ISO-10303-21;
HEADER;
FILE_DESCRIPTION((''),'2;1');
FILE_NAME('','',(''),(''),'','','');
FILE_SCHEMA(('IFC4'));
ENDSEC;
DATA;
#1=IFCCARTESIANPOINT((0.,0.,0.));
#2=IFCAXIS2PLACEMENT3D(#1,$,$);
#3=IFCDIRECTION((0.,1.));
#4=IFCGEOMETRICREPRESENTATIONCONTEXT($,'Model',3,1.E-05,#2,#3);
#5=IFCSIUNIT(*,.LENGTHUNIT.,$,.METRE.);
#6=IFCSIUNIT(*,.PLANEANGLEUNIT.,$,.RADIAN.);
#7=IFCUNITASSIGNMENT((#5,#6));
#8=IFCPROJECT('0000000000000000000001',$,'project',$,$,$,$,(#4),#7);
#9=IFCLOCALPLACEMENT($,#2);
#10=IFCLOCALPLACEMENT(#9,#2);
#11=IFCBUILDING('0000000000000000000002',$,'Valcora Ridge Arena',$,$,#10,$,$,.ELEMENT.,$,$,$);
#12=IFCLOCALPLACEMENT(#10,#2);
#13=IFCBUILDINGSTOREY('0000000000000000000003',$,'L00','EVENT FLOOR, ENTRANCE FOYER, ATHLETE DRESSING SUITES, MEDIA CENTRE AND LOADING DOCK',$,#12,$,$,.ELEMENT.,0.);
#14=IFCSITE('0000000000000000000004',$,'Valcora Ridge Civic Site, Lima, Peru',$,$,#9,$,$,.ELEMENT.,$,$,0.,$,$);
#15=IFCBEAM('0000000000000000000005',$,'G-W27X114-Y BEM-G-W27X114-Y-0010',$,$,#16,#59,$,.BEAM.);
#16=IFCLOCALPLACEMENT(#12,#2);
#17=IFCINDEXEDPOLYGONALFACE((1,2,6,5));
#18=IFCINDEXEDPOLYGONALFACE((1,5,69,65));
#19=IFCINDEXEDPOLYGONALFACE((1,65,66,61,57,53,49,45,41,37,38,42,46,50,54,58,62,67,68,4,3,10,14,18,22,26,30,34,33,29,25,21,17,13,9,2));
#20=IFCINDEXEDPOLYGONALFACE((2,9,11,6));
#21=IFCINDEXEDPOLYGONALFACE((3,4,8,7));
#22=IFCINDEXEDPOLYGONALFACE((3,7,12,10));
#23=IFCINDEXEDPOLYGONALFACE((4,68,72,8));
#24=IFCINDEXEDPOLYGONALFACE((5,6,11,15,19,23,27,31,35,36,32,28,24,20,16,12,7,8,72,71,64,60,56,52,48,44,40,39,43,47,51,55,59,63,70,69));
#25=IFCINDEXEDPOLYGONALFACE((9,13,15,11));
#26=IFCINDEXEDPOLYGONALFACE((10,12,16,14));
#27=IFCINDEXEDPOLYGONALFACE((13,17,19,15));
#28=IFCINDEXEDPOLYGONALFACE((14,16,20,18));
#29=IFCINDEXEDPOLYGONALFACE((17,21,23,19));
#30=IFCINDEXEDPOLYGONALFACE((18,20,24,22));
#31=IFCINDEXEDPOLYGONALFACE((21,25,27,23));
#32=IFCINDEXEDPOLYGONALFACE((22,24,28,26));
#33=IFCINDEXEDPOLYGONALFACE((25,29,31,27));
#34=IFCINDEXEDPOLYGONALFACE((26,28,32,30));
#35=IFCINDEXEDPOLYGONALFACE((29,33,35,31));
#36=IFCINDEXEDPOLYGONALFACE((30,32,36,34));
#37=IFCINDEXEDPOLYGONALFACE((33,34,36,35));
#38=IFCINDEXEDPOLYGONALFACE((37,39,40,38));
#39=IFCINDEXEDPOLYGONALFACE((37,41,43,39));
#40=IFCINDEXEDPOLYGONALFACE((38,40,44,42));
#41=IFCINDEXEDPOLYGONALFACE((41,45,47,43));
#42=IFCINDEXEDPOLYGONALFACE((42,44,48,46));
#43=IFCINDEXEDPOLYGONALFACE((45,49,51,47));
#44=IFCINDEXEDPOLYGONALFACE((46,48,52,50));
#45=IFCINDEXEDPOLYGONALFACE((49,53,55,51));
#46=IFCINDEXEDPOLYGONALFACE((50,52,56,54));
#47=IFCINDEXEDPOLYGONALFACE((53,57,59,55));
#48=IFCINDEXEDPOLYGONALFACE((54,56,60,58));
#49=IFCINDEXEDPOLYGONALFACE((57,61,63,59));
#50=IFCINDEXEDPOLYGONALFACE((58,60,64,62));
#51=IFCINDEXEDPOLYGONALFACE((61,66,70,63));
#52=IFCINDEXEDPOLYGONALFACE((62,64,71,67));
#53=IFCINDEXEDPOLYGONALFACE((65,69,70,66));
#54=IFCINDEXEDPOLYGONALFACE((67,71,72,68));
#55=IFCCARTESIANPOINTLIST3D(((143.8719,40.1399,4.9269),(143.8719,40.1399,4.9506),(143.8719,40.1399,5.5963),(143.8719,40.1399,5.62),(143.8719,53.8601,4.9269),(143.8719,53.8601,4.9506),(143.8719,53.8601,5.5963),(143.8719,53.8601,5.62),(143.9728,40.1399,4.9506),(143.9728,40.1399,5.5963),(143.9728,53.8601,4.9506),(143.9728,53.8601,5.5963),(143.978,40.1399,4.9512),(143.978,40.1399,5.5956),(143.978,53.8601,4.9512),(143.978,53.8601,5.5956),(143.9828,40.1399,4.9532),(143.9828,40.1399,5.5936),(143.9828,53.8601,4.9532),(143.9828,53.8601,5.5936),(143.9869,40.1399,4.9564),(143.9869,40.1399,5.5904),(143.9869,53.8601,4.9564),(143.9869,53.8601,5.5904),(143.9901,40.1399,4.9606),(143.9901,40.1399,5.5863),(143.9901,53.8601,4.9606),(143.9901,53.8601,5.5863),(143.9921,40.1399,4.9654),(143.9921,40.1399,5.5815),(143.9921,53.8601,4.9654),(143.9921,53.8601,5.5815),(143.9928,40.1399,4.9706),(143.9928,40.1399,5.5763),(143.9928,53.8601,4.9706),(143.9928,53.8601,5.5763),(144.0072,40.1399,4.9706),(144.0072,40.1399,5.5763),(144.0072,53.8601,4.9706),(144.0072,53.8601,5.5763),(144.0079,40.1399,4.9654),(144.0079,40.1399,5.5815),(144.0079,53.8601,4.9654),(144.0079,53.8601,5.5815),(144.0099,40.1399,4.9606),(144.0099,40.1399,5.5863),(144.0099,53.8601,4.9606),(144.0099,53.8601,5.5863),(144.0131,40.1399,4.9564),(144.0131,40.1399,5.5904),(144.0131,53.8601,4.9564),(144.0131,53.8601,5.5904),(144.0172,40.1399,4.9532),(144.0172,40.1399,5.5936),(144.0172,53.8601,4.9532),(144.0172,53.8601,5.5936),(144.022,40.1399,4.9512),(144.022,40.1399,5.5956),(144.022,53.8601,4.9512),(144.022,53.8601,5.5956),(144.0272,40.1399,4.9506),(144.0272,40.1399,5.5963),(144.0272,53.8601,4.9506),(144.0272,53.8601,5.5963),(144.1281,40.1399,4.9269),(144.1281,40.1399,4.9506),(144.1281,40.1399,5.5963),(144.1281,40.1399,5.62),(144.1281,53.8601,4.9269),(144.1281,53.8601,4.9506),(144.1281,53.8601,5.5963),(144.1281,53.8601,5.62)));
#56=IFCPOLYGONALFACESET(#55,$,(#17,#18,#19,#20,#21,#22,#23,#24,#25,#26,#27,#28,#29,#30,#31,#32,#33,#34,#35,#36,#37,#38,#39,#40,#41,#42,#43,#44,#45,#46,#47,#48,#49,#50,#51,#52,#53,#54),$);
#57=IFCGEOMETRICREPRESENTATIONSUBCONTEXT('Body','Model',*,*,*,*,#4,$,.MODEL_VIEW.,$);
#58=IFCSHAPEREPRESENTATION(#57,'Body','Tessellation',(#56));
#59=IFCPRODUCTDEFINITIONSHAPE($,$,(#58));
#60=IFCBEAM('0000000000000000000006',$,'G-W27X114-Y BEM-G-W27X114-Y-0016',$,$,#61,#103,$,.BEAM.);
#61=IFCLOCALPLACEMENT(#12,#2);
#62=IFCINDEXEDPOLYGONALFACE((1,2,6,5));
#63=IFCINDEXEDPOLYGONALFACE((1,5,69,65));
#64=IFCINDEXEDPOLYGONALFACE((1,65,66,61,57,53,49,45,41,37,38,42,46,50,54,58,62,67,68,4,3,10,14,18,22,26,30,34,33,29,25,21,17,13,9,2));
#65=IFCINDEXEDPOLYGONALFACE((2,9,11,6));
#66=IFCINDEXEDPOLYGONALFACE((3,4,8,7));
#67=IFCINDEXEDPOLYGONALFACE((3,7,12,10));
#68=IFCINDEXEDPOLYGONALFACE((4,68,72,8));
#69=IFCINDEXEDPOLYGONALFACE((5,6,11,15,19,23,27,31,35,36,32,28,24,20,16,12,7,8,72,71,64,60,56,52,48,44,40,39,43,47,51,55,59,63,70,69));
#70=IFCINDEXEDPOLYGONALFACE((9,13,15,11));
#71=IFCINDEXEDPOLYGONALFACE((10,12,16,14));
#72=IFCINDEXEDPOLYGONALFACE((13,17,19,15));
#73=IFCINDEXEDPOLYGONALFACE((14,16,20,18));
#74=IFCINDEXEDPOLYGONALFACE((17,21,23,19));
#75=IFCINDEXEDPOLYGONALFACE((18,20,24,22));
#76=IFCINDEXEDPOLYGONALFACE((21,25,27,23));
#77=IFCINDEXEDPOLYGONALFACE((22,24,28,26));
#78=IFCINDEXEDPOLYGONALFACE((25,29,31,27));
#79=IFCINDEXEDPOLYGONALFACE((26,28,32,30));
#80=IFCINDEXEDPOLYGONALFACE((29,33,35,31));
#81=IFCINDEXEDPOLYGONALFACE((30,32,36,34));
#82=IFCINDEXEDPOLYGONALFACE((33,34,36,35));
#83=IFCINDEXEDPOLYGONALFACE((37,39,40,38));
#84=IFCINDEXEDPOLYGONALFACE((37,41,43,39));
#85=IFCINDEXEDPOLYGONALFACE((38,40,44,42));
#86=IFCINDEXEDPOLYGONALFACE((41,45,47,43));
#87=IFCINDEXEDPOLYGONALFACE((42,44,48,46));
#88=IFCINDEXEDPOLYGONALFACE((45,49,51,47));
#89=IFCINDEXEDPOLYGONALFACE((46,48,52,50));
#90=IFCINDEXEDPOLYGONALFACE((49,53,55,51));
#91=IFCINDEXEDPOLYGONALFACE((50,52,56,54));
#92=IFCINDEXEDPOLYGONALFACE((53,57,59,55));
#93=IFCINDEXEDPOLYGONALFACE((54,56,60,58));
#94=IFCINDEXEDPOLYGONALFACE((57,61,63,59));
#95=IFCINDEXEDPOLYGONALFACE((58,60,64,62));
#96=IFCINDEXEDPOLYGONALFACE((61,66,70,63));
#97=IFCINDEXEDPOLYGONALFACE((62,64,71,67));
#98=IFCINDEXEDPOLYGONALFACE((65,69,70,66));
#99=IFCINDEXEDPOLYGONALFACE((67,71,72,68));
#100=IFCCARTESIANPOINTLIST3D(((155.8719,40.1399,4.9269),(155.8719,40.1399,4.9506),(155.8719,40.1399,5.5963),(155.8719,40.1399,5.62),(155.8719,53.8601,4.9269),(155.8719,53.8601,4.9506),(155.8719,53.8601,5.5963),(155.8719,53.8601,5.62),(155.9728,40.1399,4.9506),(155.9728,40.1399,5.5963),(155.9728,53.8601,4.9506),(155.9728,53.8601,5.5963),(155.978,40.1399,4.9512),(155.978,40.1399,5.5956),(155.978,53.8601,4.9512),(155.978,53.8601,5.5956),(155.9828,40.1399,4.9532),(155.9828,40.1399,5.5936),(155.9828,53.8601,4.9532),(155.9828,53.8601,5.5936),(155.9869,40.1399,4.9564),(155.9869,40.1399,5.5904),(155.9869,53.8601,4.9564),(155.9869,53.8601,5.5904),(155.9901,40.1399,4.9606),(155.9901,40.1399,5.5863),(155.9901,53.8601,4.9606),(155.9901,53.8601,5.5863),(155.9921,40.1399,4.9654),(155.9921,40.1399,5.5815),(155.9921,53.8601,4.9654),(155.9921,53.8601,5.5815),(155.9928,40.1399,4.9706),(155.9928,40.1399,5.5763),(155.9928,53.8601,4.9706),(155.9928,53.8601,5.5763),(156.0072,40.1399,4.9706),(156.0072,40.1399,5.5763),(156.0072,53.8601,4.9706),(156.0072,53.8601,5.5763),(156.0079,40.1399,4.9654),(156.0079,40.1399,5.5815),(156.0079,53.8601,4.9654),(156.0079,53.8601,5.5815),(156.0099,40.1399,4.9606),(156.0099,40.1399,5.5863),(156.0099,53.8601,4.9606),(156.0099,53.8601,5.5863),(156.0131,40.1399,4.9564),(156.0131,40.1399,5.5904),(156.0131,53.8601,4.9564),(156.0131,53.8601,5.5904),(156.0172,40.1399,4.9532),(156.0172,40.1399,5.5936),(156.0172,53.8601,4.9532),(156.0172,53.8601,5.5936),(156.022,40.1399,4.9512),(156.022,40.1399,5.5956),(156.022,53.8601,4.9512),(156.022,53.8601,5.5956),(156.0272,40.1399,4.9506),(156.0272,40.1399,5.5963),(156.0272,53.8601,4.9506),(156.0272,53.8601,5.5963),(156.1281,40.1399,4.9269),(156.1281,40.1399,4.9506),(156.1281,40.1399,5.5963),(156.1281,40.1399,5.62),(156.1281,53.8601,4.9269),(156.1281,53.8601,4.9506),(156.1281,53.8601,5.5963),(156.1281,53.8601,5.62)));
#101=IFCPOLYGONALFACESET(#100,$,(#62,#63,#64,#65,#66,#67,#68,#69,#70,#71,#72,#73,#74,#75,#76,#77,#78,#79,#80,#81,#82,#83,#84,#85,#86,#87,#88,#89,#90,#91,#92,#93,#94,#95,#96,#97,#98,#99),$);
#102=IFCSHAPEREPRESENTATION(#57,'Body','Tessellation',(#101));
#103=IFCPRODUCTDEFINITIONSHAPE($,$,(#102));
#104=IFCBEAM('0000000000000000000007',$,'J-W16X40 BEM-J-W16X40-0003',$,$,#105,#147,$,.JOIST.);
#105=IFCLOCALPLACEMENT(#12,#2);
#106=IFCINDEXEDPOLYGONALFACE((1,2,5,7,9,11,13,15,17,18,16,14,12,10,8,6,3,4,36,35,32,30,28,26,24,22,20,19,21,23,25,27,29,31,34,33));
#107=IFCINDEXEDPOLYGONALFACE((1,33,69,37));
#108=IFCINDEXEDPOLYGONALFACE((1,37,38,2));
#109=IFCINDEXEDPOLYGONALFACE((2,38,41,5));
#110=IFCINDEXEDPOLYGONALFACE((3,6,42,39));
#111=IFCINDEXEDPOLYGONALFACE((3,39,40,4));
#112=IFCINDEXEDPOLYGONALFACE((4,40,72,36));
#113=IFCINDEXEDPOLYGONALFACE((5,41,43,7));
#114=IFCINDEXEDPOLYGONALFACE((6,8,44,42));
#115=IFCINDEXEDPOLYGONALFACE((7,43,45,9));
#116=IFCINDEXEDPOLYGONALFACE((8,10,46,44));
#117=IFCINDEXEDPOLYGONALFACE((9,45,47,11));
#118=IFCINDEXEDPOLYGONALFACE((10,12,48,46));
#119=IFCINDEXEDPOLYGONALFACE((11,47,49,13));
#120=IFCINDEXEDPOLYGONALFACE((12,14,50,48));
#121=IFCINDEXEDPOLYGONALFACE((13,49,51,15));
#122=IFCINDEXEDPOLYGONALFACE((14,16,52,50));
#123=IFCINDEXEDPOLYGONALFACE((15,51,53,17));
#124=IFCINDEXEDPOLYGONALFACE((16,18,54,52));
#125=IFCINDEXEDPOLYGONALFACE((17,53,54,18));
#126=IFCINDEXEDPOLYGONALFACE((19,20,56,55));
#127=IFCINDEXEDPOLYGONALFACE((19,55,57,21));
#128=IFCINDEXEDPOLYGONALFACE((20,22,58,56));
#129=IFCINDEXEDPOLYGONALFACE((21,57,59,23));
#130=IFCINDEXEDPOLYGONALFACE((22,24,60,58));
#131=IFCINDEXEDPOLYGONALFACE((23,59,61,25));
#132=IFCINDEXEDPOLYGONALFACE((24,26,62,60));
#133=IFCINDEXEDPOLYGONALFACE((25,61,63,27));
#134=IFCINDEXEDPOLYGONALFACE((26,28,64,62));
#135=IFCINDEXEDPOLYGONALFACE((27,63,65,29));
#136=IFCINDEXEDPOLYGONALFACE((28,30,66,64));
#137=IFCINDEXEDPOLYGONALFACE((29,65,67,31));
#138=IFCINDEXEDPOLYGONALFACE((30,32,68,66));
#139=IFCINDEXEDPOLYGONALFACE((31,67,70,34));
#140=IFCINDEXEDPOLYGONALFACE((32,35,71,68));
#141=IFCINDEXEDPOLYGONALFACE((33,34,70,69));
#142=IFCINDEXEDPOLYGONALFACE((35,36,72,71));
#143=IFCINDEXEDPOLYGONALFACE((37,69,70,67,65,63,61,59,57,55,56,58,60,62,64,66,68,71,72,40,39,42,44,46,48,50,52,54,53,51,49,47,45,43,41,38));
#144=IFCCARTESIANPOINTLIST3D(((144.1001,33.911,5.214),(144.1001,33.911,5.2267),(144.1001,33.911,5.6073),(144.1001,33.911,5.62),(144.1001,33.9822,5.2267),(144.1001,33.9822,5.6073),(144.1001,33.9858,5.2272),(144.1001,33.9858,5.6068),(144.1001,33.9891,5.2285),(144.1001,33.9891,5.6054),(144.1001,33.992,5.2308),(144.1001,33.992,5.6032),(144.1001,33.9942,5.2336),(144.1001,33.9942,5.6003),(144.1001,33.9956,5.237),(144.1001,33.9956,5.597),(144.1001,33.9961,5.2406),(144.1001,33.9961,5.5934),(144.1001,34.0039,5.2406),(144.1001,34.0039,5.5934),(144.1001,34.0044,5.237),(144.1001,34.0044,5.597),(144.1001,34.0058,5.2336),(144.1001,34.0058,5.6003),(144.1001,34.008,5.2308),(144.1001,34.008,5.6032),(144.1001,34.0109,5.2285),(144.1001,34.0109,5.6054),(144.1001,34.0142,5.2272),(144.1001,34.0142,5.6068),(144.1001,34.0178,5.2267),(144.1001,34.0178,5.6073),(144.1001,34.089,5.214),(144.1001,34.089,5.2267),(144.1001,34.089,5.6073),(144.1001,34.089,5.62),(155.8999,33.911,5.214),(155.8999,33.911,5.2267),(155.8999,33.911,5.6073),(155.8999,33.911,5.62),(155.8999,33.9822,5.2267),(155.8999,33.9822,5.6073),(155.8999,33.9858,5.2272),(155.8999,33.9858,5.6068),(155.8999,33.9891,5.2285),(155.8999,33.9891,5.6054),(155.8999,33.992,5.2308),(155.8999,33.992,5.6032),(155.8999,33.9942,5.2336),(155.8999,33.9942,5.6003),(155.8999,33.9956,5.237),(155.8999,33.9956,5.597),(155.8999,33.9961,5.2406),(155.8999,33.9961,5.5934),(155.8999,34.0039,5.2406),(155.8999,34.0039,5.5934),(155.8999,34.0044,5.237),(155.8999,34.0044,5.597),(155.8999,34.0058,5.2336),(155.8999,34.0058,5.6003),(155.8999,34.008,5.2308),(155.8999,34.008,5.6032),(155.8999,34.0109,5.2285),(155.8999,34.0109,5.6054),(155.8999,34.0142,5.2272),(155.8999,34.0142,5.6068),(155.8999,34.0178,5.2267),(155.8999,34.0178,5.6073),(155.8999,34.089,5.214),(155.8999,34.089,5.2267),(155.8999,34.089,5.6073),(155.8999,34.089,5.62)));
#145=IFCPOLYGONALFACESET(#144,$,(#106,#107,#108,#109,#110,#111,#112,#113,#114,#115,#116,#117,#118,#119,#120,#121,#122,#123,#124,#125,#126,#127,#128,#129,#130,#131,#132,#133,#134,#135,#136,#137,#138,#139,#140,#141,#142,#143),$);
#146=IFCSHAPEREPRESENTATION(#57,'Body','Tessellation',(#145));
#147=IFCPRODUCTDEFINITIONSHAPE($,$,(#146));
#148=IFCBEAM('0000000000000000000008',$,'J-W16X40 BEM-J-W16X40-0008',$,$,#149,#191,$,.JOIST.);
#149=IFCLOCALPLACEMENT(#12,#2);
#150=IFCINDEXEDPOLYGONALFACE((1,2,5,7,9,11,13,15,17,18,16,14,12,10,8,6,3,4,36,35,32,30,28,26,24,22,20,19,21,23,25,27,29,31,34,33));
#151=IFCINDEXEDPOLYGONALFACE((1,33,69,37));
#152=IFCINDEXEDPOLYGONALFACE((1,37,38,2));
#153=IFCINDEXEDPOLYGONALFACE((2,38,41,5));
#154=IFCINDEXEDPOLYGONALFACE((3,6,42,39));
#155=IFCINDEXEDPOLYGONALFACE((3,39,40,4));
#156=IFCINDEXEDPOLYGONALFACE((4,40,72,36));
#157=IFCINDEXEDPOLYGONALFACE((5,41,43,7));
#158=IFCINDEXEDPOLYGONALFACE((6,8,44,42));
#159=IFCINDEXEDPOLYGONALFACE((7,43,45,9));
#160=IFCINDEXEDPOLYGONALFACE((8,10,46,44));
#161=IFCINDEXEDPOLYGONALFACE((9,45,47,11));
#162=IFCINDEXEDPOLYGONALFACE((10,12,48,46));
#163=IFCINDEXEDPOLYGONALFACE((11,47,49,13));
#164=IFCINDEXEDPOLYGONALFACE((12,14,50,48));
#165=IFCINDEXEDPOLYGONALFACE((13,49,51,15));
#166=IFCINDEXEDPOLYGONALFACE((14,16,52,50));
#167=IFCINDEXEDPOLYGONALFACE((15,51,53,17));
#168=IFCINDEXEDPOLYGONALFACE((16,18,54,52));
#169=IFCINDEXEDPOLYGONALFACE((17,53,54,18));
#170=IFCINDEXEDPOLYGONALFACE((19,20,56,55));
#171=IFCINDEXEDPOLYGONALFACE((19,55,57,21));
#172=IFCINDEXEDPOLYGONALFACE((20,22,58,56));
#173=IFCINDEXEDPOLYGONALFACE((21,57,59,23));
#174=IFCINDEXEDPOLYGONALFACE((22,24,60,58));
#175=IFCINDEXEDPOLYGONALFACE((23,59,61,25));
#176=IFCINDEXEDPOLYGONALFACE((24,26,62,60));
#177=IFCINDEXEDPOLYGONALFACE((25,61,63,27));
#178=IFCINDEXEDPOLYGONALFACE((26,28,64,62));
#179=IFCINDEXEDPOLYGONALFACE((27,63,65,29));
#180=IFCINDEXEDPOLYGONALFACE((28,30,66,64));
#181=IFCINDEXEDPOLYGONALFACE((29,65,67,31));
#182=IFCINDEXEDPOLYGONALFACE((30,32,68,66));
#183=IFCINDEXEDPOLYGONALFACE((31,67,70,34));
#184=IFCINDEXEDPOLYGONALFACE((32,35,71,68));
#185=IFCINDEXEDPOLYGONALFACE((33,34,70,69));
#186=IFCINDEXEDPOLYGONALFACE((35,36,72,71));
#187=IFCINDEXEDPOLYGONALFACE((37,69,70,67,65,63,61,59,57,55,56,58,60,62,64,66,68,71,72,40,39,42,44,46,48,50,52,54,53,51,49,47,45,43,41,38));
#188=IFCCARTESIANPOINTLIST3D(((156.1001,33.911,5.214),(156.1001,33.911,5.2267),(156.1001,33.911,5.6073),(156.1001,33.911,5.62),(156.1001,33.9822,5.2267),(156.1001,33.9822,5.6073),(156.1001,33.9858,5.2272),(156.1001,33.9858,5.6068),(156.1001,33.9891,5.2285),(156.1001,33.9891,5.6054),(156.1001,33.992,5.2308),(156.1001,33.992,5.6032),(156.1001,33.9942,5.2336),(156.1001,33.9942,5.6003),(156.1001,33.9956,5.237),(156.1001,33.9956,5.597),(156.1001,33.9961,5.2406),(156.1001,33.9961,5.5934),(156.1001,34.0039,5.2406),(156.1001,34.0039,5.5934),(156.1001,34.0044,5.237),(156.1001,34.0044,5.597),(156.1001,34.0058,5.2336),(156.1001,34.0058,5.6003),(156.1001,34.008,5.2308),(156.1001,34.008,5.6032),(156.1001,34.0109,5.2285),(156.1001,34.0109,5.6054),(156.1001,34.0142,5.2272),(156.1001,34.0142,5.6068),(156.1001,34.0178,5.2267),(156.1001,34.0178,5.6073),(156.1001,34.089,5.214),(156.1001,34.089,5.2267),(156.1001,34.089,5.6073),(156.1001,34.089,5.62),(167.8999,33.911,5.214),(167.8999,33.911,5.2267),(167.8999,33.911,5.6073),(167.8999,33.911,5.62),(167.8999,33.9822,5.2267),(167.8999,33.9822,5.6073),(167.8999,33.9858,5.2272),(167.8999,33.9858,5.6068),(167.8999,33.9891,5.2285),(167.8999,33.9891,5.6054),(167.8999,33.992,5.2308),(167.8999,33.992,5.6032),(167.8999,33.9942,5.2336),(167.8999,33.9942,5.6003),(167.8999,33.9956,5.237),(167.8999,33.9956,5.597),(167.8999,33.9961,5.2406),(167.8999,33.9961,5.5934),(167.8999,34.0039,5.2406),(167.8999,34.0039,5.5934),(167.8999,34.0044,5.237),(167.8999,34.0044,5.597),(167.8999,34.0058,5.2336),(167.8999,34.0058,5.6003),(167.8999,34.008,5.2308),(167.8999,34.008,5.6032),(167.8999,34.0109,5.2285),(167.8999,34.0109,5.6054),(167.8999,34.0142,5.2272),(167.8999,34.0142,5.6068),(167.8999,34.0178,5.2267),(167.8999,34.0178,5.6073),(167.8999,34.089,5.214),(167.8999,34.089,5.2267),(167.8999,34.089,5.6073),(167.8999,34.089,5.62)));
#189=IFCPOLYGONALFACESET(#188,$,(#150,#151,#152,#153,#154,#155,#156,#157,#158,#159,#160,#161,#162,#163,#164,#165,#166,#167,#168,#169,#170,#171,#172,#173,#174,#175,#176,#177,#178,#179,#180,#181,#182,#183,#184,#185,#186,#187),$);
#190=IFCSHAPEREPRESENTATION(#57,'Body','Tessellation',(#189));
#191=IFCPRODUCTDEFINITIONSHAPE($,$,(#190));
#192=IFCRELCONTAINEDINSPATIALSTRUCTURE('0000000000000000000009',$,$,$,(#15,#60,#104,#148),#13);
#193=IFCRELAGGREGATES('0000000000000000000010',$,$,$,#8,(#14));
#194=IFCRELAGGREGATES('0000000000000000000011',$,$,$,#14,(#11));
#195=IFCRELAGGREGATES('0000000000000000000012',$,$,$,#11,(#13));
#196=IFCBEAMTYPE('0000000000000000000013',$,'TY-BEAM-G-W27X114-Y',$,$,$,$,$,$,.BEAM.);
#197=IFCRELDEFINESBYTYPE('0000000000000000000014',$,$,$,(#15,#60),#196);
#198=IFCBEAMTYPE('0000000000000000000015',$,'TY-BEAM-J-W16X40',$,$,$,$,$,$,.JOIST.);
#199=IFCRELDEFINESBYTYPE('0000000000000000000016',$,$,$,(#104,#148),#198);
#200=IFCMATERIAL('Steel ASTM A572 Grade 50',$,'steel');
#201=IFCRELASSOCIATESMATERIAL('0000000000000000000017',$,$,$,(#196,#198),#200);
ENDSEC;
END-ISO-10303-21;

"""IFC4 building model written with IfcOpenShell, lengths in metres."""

from ifc_helpers import new_model, si_unit, direction, frame, origin, origin_2d, place, context, subcontext, project, spatial, i_section, extrude, material, material_profile, profile_set, type_object, element, save


model = new_model("IFC4")

# Units and contexts
model_context = context("Model", 3, precision=1e-05, world=origin(), true_north=direction((0.0, 1.0)))
body_context = subcontext(model_context, "Body", "Model", "MODEL_VIEW")
ifc_project = project(units=[si_unit("LENGTHUNIT", "METRE"), si_unit("PLANEANGLEUNIT", "RADIAN")], contexts=[model_context])

# Site, building, storey
site_placement = place(None, origin())
site = spatial("IfcSite", under=ifc_project, at=site_placement, Name="Valcora Ridge Civic Site, Lima, Peru", CompositionType="ELEMENT", RefElevation=0.0)
building_placement = place(site_placement, origin())
building = spatial("IfcBuilding", under=site, at=building_placement, Name="Valcora Ridge Arena", CompositionType="ELEMENT")
storey_placement = place(building_placement, origin())
storey = spatial("IfcBuildingStorey", under=building, at=storey_placement, Name="L00", Description="EVENT FLOOR, ENTRANCE FOYER, ATHLETE DRESSING SUITES, MEDIA CENTRE AND LOADING DOCK", CompositionType="ELEMENT", Elevation=0.0)

# Shared definitions
ifc_material_1 = material(Name="Steel ASTM A572 Grade 50", Category="steel")

# Beams
ifc_material_profile_1 = material_profile(ifc_material_1, i_section(OverallWidth=0.2561, OverallDepth=0.6931, WebThickness=0.0144, FlangeThickness=0.0237, FilletRadius=0.02, at=origin_2d()), Name="W27X114")
ifc_profile_set_1 = profile_set([ifc_material_profile_1], Name="Steel ASTM A572 Grade 50")
beam_type_1 = type_object("IfcBeamType", Name="TY-BEAM-G-W27X114-Y", PredefinedType="BEAM", material=ifc_profile_set_1)
for number, where, z_axis, x_axis, name in (
    (1, (144.0, 40.1399, 5.2734), (0.0, 1.0, 0.0), (-1.0, 0.0, 0.0), "G-W27X114-Y BEM-G-W27X114-Y-0010"),
    (2, (156.0, 40.1399, 5.2734), (0.0, 1.0, 0.0), (-1.0, 0.0, 0.0), "G-W27X114-Y BEM-G-W27X114-Y-0016"),
):
    element("IfcBeam", number, at=place(storey_placement, frame(where, z_axis=z_axis, x_axis=x_axis)), inside=storey, type_object=beam_type_1, Name=name, PredefinedType="BEAM", context=body_context, shape_type="SweptSolid", body=[
        extrude(i_section(OverallWidth=0.2561, OverallDepth=0.6931, WebThickness=0.0144, FlangeThickness=0.0237, FilletRadius=0.02, at=origin_2d()), origin(), (0.0, 0.0, 1.0), 13.7202),
    ])
ifc_material_profile_2 = material_profile(ifc_material_1, i_section(OverallWidth=0.178, OverallDepth=0.406, WebThickness=0.0078, FlangeThickness=0.0127, FilletRadius=0.0139, at=origin_2d()), Name="W16X40")
ifc_profile_set_2 = profile_set([ifc_material_profile_2], Name="Steel ASTM A572 Grade 50")
beam_type_2 = type_object("IfcBeamType", Name="TY-BEAM-J-W16X40", PredefinedType="JOIST", material=ifc_profile_set_2)
for number, where, z_axis, x_axis, name in (
    (3, (144.1001, 34.0, 5.417), (1.0, 0.0, 0.0), (0.0, 1.0, 0.0), "J-W16X40 BEM-J-W16X40-0003"),
    (4, (156.1001, 34.0, 5.417), (1.0, 0.0, 0.0), (0.0, 1.0, 0.0), "J-W16X40 BEM-J-W16X40-0008"),
):
    element("IfcBeam", number, at=place(storey_placement, frame(where, z_axis=z_axis, x_axis=x_axis)), inside=storey, type_object=beam_type_2, Name=name, PredefinedType="JOIST", context=body_context, shape_type="SweptSolid", body=[
        extrude(i_section(OverallWidth=0.178, OverallDepth=0.406, WebThickness=0.0078, FlangeThickness=0.0127, FilletRadius=0.0139, at=origin_2d()), origin(), (0.0, 0.0, 1.0), 11.7998),
    ])

save(model, "model.ifc")
